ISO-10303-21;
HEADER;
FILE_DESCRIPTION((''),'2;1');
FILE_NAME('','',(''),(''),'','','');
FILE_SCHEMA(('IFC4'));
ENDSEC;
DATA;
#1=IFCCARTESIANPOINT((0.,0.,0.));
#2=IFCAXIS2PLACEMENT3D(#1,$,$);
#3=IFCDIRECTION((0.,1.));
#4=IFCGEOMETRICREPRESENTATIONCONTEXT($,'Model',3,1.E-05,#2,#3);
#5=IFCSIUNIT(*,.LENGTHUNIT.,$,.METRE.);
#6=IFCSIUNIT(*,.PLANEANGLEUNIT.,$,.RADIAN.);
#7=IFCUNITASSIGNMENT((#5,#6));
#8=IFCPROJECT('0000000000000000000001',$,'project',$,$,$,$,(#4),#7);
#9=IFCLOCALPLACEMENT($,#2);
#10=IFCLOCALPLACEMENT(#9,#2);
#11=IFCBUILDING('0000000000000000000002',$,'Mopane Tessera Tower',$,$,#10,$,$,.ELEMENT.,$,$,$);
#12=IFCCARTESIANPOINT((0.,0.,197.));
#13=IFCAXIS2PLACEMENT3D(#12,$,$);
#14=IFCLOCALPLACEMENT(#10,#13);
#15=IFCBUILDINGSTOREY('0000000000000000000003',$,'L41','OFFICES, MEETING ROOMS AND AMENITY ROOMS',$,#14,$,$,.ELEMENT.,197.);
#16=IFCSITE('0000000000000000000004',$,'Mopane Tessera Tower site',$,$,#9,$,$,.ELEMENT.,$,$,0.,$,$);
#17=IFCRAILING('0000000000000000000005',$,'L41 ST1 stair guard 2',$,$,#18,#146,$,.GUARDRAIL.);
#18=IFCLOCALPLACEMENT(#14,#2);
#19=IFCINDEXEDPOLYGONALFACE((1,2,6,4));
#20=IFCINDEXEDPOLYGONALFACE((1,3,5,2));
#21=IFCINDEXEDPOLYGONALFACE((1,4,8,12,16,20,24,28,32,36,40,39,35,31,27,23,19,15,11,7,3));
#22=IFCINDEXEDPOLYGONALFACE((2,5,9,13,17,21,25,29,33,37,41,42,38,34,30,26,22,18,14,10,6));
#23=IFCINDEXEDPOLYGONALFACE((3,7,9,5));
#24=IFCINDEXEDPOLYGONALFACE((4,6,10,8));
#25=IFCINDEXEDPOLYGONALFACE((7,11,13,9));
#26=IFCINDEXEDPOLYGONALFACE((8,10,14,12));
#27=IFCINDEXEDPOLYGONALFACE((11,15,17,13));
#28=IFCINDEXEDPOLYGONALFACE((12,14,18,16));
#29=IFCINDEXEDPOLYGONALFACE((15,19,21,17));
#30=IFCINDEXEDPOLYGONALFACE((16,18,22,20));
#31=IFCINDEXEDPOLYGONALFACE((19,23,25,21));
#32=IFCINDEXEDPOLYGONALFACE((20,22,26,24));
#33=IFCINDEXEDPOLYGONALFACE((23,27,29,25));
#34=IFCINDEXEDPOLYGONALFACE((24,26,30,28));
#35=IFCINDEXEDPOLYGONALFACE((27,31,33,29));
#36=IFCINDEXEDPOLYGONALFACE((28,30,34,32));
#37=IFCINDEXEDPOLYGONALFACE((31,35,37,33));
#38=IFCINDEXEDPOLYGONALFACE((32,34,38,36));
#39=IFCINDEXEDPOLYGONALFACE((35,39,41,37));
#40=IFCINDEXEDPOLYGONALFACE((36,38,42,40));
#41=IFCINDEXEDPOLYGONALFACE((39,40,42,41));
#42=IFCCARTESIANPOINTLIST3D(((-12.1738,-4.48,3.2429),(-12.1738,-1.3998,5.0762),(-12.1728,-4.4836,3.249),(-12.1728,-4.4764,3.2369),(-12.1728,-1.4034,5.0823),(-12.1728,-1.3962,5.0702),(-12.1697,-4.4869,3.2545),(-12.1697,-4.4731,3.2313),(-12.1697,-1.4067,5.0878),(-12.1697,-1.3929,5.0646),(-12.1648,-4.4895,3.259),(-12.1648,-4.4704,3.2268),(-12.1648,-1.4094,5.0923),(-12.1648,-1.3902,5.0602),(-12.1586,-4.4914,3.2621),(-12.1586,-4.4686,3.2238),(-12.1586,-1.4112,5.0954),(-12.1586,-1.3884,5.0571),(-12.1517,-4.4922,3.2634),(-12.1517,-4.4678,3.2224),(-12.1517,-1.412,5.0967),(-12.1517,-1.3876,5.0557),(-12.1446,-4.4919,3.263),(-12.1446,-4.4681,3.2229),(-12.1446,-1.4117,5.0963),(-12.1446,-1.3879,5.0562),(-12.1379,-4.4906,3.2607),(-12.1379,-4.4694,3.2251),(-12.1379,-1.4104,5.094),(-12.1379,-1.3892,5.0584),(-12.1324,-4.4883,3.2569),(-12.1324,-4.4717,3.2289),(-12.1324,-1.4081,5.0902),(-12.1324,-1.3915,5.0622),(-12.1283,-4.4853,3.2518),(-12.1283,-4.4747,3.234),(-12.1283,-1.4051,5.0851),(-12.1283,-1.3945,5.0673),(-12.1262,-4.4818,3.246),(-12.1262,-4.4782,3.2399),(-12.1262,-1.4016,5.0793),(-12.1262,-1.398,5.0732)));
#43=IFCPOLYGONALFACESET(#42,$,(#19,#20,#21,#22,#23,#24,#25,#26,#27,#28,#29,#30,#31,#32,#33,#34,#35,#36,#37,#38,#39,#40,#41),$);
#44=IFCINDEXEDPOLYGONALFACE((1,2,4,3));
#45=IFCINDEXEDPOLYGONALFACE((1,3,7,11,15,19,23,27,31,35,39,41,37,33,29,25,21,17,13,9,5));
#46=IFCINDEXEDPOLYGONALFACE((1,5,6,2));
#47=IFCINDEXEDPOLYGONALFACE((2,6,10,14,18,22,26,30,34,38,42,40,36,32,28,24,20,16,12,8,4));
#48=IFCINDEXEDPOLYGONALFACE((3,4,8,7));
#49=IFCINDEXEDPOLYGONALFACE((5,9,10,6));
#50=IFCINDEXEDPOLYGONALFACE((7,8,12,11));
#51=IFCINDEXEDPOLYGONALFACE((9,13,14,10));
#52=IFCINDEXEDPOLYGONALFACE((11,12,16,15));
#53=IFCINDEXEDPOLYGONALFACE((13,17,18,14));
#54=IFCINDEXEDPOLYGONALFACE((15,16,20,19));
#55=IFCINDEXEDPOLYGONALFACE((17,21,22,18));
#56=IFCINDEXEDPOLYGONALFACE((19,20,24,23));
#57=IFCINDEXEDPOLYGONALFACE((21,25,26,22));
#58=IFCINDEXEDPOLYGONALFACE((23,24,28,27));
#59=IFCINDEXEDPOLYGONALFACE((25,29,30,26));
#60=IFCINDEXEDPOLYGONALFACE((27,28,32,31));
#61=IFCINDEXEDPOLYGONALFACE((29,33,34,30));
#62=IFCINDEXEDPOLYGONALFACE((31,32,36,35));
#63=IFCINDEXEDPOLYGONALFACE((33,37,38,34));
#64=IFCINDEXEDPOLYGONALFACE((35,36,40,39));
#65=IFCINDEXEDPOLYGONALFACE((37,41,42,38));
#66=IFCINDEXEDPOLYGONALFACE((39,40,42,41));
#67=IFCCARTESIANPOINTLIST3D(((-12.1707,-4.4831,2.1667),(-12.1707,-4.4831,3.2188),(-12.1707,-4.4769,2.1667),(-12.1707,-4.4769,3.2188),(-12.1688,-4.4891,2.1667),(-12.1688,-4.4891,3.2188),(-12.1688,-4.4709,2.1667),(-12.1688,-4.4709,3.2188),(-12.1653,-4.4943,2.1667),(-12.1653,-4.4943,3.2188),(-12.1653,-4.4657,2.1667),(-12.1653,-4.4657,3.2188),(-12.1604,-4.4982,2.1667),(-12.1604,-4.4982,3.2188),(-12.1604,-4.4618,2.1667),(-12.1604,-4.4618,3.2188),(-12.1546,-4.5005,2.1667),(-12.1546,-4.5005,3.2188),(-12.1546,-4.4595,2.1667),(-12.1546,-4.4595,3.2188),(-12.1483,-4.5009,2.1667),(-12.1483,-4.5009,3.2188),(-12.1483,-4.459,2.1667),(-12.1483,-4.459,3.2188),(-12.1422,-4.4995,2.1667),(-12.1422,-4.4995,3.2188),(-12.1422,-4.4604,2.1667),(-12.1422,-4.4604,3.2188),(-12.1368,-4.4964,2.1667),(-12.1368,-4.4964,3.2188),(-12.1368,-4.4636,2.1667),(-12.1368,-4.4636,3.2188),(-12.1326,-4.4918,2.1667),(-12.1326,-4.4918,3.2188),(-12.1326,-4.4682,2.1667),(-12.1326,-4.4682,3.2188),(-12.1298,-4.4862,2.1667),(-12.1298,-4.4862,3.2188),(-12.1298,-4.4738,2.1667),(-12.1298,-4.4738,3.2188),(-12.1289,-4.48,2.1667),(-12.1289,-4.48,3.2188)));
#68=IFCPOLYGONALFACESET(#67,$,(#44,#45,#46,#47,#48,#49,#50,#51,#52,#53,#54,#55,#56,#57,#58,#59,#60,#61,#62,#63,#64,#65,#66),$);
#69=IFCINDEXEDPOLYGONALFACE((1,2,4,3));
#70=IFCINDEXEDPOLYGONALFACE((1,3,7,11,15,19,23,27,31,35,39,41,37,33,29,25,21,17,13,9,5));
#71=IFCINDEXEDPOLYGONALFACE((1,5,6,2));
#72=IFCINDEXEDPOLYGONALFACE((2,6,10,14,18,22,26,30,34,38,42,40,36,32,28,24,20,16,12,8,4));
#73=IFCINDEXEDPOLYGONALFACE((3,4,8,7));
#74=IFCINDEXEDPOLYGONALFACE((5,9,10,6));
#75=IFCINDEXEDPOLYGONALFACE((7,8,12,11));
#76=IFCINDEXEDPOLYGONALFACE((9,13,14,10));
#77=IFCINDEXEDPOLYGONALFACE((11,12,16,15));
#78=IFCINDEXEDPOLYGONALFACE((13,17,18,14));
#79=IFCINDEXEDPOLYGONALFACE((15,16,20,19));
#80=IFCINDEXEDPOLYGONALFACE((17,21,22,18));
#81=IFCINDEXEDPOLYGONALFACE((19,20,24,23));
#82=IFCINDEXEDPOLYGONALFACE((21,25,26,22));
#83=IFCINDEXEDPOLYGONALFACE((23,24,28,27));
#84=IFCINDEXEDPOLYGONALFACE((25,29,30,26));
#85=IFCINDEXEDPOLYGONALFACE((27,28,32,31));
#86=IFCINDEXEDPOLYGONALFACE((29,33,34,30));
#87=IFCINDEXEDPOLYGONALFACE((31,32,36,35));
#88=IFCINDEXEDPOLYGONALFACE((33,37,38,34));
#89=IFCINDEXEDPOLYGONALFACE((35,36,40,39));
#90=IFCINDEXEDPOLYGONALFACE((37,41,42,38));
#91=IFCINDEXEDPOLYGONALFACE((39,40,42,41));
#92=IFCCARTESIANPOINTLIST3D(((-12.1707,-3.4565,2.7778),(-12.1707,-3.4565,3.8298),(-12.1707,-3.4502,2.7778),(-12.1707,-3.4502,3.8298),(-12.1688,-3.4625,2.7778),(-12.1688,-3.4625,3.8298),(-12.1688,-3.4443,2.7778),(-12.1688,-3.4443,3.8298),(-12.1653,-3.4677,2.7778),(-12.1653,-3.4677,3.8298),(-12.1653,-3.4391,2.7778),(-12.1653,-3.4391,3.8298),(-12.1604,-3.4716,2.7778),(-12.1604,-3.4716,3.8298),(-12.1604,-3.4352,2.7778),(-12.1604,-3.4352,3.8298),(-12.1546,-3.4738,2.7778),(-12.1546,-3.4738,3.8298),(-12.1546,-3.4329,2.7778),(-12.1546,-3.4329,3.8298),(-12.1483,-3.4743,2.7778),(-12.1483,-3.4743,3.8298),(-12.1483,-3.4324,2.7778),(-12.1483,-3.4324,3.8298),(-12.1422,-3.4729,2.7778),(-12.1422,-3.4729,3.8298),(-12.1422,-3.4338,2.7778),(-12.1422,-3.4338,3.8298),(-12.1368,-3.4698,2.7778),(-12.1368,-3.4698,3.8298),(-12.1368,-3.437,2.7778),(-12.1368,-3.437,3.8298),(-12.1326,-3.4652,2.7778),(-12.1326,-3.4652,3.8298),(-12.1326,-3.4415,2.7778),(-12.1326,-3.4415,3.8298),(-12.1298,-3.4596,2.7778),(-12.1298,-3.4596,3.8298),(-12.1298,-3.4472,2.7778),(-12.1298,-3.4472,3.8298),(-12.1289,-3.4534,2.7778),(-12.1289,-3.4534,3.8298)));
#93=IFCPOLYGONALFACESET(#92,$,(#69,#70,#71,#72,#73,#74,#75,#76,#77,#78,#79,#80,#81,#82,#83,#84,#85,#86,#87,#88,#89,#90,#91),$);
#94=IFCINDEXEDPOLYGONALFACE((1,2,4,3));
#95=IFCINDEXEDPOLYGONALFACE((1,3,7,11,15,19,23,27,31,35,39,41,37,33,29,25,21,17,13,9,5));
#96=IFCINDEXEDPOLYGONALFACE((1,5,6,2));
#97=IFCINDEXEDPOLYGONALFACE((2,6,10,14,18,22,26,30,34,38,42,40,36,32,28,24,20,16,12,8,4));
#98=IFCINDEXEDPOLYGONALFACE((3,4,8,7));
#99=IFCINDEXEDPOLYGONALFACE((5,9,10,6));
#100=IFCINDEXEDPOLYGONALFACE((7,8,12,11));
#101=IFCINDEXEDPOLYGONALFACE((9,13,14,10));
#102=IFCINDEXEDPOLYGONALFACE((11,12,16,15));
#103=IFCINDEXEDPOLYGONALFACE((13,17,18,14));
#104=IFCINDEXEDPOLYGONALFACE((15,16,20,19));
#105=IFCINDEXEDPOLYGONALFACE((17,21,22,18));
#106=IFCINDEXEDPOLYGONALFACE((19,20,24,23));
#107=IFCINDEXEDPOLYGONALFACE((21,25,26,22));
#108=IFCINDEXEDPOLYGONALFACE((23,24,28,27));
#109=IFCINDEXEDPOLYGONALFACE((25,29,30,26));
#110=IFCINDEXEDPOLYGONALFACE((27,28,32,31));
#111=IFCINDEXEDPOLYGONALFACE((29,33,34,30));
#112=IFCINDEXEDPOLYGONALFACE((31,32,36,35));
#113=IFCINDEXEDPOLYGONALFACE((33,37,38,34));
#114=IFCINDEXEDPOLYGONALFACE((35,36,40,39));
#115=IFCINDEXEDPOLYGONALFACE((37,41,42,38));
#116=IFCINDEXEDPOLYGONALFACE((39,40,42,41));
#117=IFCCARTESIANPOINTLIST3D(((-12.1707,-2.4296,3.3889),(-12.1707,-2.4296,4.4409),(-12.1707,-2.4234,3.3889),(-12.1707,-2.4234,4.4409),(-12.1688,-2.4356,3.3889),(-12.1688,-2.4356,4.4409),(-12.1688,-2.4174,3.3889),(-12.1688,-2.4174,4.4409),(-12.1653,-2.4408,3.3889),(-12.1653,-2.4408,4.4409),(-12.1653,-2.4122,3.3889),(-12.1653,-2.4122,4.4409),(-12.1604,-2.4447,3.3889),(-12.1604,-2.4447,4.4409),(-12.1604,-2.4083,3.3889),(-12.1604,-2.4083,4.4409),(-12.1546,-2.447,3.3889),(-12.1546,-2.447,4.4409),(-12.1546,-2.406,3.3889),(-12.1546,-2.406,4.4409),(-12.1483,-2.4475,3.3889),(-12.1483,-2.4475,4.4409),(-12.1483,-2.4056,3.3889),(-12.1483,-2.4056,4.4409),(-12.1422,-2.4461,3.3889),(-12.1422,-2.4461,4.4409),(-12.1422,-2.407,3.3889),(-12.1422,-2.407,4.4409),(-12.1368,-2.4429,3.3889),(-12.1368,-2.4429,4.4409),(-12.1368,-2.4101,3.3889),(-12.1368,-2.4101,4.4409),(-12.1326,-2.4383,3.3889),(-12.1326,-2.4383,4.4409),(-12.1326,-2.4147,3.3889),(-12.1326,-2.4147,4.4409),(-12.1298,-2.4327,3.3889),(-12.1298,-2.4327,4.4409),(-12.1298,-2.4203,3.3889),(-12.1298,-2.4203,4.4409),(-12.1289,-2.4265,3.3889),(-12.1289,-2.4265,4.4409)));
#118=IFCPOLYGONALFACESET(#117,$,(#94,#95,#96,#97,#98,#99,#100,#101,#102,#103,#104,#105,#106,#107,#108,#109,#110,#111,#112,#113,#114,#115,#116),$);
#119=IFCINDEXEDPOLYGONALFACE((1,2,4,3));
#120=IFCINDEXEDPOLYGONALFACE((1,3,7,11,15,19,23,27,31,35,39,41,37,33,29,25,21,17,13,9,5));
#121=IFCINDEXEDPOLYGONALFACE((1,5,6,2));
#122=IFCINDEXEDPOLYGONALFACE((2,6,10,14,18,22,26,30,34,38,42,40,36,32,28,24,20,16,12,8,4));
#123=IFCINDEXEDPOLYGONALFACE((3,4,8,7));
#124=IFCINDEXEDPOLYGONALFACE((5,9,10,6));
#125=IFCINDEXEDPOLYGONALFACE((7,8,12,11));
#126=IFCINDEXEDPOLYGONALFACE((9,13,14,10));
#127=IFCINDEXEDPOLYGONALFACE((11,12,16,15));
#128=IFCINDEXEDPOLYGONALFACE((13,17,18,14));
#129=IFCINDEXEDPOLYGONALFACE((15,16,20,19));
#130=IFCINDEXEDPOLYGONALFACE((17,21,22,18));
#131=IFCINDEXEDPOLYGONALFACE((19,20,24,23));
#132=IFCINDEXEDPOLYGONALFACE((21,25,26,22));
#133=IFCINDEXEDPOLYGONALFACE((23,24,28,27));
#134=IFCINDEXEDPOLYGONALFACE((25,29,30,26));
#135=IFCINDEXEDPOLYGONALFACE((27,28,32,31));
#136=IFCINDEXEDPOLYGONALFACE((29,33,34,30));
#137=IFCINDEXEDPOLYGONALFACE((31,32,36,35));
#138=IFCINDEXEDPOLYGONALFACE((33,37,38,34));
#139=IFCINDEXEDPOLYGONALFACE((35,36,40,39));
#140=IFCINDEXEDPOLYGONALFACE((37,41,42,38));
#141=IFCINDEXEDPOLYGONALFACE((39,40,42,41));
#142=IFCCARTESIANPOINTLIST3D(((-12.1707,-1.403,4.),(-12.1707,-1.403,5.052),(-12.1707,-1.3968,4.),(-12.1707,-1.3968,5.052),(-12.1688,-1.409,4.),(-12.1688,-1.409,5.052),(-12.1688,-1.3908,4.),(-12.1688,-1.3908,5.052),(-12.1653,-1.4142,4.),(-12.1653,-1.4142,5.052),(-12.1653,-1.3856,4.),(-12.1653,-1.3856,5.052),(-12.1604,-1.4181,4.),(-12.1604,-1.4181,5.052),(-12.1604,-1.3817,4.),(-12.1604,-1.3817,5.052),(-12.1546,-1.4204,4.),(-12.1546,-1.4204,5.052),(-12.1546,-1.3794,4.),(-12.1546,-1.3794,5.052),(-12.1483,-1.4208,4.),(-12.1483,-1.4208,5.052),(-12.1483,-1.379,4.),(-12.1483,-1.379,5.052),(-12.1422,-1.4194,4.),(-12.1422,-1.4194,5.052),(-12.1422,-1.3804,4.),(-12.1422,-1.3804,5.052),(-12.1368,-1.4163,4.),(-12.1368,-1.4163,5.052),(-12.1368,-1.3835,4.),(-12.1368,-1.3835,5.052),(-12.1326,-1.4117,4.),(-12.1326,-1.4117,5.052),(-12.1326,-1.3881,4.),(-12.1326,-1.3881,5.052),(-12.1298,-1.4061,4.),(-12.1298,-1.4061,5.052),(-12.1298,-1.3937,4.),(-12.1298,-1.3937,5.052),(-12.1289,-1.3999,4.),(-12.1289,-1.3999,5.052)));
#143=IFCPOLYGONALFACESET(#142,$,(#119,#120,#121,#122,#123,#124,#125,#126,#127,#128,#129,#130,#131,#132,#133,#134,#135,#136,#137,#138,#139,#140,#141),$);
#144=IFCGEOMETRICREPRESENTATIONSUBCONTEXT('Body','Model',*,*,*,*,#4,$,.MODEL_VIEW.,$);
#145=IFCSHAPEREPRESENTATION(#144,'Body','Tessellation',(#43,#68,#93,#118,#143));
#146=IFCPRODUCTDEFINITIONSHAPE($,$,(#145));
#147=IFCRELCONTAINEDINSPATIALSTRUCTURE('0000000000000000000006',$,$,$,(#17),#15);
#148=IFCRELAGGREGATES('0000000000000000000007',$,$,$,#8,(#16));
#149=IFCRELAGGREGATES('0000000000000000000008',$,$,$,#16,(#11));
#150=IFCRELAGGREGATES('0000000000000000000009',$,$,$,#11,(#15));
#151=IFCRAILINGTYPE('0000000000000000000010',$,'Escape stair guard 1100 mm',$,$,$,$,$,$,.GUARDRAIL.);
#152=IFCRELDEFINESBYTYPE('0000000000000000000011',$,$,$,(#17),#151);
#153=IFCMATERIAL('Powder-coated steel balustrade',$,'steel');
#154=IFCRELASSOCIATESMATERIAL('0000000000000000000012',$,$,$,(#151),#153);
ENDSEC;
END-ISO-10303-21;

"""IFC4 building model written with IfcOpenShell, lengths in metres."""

from ifc_helpers import new_model, si_unit, direction, frame, origin, origin_2d, place, context, subcontext, project, spatial, circle, extrude, material, type_object, element, save


model = new_model("IFC4")

# Units and contexts
model_context = context("Model", 3, precision=1e-05, world=origin(), true_north=direction((0.0, 1.0)))
body_context = subcontext(model_context, "Body", "Model", "MODEL_VIEW")
ifc_project = project(units=[si_unit("LENGTHUNIT", "METRE"), si_unit("PLANEANGLEUNIT", "RADIAN")], contexts=[model_context])

# Site, building, storey
site_placement = place(None, origin())
site = spatial("IfcSite", under=ifc_project, at=site_placement, Name="Mopane Tessera Tower site", CompositionType="ELEMENT", RefElevation=0.0)
building_placement = place(site_placement, origin())
building = spatial("IfcBuilding", under=site, at=building_placement, Name="Mopane Tessera Tower", CompositionType="ELEMENT")
storey_placement = place(building_placement, frame((0.0, 0.0, 197.0)))
storey = spatial("IfcBuildingStorey", under=building, at=storey_placement, Name="L41", Description="OFFICES, MEETING ROOMS AND AMENITY ROOMS", CompositionType="ELEMENT", Elevation=197.0)

# Railing
ifc_material_1 = material(Name="Powder-coated steel balustrade", Category="steel")
railing_type_1 = type_object("IfcRailingType", Name="Escape stair guard 1100 mm", PredefinedType="GUARDRAIL", material=ifc_material_1)
railing_1_placement = place(storey_placement, frame((-12.1499, -4.48, 2.1667)))
element("IfcRailing", 1, at=railing_1_placement, inside=storey, type_object=railing_type_1, Name="L41 ST1 stair guard 2", PredefinedType="GUARDRAIL", context=body_context, shape_type="SweptSolid", body=[
    extrude(circle(Radius=0.0239, at=origin_2d()), frame((0.0, 0.0, 1.0762), z_axis=(0.0, 0.859309, 0.511458), x_axis=(-1.0, 0.0, 0.0)), (0.0, 0.0, 1.0), 3.5845),
    extrude(circle(Radius=0.021, at=origin_2d()), origin(), (0.0, 0.0, 1.0), 1.052),
    extrude(circle(Radius=0.021, at=origin_2d()), frame((0.0, 1.0266, 0.6111)), (0.0, 0.0, 1.0), 1.052),
    extrude(circle(Radius=0.021, at=origin_2d()), frame((0.0, 2.0535, 1.2222)), (0.0, 0.0, 1.0), 1.052),
    extrude(circle(Radius=0.021, at=origin_2d()), frame((0.0, 3.0801, 1.8333)), (0.0, 0.0, 1.0), 1.052),
])

save(model, "model.ifc")
